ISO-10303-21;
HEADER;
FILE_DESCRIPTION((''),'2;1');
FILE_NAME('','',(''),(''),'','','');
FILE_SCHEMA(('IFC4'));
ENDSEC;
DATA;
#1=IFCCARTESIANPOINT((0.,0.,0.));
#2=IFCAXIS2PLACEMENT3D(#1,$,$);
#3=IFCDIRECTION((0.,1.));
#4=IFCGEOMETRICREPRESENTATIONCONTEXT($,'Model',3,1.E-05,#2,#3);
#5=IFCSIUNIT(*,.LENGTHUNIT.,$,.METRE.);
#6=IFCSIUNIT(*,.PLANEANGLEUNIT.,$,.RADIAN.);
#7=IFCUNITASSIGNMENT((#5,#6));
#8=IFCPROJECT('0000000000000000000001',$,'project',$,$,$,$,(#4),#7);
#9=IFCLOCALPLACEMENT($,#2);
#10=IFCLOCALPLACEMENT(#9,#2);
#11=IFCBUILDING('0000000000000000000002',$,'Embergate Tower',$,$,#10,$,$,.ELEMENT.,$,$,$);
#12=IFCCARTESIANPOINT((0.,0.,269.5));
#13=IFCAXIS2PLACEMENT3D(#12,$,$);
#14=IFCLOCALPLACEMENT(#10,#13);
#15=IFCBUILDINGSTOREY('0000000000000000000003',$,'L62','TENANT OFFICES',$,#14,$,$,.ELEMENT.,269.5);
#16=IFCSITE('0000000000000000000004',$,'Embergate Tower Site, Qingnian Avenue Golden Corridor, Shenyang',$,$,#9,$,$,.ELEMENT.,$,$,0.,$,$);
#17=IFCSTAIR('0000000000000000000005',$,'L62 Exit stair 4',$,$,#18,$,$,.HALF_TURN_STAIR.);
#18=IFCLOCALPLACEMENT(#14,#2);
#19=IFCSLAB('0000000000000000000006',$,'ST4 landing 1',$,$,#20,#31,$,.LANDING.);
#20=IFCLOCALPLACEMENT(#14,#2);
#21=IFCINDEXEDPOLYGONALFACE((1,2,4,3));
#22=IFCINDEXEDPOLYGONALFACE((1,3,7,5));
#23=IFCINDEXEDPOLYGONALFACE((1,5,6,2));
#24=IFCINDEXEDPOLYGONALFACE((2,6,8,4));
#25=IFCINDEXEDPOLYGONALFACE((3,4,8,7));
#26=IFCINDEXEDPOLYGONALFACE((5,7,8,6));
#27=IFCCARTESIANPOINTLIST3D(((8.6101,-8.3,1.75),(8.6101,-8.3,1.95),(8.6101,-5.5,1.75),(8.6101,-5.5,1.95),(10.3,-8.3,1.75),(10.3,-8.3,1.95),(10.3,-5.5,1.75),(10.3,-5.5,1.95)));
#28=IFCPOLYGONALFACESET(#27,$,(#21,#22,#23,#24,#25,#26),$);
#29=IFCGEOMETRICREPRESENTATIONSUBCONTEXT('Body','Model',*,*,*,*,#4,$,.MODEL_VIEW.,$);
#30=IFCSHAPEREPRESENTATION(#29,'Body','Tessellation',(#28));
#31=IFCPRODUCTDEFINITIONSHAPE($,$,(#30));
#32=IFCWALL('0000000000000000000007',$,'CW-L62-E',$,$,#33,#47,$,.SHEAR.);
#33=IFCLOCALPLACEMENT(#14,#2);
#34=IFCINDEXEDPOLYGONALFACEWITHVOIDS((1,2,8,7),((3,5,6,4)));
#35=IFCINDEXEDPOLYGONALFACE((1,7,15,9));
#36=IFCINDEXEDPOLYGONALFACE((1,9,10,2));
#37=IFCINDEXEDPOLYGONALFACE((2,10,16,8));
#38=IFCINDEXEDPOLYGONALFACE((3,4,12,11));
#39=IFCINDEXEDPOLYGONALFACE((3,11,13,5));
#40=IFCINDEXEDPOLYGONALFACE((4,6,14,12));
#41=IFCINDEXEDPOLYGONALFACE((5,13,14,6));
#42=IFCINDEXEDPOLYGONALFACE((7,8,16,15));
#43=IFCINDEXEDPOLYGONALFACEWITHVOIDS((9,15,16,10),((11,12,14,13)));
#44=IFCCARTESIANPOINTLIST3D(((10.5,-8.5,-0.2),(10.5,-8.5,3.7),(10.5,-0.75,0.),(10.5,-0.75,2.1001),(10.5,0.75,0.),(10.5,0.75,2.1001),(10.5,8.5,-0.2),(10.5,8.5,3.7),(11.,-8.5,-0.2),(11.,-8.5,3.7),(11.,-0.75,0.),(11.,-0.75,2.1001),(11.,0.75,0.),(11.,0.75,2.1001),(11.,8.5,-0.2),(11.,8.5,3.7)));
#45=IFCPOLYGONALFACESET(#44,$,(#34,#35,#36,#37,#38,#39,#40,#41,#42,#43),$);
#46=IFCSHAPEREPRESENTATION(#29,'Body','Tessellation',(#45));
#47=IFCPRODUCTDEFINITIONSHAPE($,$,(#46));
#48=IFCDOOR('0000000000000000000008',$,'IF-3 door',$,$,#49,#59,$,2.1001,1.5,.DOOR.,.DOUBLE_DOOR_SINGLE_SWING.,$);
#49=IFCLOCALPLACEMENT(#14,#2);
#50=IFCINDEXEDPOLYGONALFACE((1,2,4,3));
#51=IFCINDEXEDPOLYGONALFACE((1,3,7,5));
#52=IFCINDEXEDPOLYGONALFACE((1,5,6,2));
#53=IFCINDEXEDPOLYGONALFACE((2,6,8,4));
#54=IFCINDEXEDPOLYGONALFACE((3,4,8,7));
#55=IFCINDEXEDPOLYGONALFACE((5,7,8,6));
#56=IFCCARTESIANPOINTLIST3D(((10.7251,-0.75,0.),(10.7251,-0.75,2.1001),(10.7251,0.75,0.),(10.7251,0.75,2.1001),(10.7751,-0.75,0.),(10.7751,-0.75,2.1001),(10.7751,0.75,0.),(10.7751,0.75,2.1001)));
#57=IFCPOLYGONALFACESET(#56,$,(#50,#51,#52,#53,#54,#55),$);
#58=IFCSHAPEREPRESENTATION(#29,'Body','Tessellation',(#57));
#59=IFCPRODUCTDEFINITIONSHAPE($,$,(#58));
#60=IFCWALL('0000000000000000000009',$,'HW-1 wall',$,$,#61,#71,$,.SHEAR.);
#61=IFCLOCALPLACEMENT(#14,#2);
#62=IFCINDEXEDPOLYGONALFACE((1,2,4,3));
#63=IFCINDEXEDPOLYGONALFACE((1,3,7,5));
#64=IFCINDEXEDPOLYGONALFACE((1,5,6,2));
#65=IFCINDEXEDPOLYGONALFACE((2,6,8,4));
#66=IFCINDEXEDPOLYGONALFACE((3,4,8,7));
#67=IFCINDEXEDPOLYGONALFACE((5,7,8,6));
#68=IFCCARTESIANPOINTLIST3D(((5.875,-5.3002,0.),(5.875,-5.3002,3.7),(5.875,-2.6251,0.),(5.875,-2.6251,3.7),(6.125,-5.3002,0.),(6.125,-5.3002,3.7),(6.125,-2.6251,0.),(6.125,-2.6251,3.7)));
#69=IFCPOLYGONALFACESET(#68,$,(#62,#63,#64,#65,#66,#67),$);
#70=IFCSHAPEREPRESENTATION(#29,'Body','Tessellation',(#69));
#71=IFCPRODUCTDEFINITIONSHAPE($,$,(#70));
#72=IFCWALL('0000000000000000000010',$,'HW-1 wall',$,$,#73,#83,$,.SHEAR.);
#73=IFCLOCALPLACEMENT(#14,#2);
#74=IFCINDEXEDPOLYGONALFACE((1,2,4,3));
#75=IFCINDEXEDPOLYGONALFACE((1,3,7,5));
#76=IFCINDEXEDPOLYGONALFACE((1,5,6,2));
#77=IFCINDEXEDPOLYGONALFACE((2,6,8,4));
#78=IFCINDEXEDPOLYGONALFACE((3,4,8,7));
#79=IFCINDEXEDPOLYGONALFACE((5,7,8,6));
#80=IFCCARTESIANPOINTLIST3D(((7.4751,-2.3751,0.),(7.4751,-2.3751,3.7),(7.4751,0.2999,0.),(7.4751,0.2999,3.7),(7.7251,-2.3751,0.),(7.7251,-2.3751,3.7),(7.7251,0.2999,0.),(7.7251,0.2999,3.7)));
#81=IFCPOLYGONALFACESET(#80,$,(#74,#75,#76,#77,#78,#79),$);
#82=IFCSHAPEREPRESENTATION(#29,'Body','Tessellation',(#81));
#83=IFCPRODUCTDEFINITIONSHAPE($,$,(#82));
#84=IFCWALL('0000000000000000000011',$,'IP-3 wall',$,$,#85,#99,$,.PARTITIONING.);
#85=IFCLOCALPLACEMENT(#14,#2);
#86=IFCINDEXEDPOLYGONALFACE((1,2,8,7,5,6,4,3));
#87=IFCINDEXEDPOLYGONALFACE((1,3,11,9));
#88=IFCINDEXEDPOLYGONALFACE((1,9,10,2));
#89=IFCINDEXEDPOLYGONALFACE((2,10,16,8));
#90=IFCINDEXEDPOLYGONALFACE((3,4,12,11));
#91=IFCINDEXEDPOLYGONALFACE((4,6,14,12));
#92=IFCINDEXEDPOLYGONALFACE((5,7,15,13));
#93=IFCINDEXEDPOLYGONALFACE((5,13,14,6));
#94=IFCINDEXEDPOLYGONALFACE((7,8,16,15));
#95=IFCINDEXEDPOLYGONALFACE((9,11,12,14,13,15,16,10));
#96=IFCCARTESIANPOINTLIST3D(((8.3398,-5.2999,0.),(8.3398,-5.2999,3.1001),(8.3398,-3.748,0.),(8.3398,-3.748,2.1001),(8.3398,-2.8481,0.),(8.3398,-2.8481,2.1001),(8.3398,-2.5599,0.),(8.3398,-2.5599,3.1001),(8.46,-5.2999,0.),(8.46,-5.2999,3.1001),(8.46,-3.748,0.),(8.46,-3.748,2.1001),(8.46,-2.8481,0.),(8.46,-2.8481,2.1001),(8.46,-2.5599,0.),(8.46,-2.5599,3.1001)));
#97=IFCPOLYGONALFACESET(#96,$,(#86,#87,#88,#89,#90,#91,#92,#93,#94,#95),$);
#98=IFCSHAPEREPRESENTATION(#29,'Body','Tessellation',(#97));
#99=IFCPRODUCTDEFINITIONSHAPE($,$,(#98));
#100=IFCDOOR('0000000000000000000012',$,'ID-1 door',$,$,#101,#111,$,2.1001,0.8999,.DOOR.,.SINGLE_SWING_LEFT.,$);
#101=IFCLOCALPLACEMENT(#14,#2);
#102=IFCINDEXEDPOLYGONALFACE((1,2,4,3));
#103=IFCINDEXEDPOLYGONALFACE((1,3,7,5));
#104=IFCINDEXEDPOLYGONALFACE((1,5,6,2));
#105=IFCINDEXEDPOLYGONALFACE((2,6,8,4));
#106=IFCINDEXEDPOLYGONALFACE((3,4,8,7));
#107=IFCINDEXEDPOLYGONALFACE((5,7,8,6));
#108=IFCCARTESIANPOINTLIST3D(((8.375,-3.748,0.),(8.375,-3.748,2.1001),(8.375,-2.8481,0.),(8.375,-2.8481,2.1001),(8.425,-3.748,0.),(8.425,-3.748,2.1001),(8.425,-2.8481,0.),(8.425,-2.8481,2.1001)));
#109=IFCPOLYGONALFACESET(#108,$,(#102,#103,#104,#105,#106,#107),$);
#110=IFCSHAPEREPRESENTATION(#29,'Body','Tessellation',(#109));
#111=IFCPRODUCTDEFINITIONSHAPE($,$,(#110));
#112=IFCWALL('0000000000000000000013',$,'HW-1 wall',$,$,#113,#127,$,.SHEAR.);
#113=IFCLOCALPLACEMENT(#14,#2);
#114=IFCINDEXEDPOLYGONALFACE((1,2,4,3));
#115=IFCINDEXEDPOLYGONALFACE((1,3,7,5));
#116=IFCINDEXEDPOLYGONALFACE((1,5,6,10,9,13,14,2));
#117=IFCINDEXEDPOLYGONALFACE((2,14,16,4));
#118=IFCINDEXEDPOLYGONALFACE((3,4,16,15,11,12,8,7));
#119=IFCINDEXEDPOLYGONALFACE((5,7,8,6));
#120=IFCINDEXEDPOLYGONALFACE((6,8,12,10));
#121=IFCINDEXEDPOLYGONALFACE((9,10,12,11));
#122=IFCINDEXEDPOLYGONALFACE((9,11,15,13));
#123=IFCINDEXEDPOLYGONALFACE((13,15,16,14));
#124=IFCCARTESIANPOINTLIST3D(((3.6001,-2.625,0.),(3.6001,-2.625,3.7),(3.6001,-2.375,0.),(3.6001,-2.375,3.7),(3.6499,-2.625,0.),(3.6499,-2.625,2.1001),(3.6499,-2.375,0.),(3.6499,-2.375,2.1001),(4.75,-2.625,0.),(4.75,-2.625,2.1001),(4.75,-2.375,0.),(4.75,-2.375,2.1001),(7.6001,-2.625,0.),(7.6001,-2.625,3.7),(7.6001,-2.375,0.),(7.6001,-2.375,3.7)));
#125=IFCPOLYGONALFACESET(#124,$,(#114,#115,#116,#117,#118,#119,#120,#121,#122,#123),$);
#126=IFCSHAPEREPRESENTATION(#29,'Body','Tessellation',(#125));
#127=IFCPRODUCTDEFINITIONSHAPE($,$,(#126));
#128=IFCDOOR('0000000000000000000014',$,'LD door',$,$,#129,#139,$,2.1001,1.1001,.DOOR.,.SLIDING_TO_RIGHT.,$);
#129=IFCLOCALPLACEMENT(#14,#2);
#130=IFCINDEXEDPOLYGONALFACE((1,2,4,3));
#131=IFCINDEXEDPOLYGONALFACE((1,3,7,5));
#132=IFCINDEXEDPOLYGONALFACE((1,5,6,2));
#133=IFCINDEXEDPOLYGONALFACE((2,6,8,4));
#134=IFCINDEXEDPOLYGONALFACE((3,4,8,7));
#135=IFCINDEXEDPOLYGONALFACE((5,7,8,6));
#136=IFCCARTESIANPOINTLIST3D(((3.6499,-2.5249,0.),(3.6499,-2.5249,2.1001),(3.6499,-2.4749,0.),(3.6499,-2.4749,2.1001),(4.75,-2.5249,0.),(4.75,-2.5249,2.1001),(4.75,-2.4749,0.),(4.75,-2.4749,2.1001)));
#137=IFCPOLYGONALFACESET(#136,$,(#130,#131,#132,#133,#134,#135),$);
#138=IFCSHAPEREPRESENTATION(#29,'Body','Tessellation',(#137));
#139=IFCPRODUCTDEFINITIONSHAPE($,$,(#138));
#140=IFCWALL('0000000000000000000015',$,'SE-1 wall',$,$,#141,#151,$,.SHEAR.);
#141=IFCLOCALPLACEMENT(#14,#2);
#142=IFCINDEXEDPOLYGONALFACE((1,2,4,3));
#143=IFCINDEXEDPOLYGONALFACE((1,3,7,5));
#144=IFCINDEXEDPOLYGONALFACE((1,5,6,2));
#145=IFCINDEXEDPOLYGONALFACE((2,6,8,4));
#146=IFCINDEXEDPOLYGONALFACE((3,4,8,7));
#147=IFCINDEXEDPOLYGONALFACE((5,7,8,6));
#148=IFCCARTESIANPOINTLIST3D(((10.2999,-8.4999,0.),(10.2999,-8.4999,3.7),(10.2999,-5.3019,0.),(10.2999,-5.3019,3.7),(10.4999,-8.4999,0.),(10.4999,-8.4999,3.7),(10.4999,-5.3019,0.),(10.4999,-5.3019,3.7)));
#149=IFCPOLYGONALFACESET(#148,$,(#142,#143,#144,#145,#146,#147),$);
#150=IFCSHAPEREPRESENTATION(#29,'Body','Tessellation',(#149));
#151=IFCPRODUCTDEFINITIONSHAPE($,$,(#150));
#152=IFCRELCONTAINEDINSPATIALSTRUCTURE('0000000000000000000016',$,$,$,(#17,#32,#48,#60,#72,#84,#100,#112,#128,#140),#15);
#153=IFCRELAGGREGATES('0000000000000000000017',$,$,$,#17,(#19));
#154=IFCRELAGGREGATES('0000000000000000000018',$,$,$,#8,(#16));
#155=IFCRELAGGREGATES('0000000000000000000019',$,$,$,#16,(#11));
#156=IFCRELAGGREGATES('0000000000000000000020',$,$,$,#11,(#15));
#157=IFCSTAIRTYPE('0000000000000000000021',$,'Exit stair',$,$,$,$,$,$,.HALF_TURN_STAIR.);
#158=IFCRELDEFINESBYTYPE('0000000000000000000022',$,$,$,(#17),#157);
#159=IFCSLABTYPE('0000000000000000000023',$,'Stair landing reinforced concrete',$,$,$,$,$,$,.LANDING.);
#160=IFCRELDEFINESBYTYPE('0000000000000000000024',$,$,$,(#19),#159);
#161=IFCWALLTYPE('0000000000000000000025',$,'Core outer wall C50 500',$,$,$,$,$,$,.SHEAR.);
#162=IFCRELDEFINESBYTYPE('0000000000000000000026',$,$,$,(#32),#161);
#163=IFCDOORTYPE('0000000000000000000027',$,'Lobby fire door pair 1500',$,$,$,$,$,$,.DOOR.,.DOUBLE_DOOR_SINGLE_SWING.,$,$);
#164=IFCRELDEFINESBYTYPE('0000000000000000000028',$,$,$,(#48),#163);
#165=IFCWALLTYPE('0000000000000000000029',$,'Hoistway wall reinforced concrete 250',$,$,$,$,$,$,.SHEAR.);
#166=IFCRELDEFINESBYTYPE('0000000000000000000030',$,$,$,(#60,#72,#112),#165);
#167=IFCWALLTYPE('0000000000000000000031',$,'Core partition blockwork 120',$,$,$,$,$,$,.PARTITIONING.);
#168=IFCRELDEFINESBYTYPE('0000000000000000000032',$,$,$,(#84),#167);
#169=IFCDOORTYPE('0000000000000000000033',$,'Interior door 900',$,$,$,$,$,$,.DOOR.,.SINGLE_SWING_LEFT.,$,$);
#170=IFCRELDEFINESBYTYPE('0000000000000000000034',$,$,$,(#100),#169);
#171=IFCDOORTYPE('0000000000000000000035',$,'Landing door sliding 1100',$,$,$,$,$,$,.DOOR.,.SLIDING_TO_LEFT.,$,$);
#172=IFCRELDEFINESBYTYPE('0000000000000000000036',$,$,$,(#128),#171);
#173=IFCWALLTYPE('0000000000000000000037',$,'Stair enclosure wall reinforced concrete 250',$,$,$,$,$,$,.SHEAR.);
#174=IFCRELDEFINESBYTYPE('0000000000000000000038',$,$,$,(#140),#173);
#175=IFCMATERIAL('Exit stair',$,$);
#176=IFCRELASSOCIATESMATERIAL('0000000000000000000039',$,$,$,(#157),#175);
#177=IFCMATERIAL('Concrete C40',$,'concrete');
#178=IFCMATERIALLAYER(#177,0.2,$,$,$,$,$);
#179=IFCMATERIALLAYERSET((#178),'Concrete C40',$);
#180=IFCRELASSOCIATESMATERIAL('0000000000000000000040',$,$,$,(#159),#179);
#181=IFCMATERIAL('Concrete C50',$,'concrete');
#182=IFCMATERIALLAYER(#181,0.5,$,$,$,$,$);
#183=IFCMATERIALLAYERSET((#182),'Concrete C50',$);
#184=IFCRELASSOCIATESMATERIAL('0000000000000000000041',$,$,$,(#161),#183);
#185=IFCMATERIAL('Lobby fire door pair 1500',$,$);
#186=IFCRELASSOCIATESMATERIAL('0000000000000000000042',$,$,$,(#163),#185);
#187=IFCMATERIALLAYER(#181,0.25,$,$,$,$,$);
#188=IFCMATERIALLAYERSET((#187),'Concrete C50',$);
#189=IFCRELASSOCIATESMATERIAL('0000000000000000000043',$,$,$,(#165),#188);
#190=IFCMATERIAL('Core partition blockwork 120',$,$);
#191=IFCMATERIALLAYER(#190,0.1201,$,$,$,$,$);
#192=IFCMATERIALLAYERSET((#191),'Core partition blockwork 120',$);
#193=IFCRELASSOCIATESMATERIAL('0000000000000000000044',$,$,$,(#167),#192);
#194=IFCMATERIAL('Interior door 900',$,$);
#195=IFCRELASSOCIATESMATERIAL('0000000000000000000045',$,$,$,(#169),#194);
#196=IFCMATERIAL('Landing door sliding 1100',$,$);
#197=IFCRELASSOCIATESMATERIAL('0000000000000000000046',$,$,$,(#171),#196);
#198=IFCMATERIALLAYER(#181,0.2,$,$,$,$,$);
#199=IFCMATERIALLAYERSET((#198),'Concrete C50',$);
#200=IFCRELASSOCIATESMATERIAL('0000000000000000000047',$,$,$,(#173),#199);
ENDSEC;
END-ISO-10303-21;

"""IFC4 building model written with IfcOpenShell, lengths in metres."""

from ifc_helpers import new_model, si_unit, direction, frame, frame_2d, origin, place, context, subcontext, project, spatial, polyline, rectangle, outline, extrude, source, transform, mapped, material, layer, layer_set, type_object, element, fill, aggregate, save


model = new_model("IFC4")

# Units and contexts
model_context = context("Model", 3, precision=1e-05, world=origin(), true_north=direction((0.0, 1.0)))
body_context = subcontext(model_context, "Body", "Model", "MODEL_VIEW")
ifc_project = project(units=[si_unit("LENGTHUNIT", "METRE"), si_unit("PLANEANGLEUNIT", "RADIAN")], contexts=[model_context])

# Site, building, storey
site_placement = place(None, origin())
site = spatial("IfcSite", under=ifc_project, at=site_placement, Name="Embergate Tower Site, Qingnian Avenue Golden Corridor, Shenyang", CompositionType="ELEMENT", RefElevation=0.0)
building_placement = place(site_placement, origin())
building = spatial("IfcBuilding", under=site, at=building_placement, Name="Embergate Tower", CompositionType="ELEMENT")
storey_placement = place(building_placement, frame((0.0, 0.0, 269.5)))
storey = spatial("IfcBuildingStorey", under=building, at=storey_placement, Name="L62", Description="TENANT OFFICES", CompositionType="ELEMENT", Elevation=269.5)

# Stair, slab
ifc_material_1 = material(Name="Exit stair")
stair_type = type_object("IfcStairType", Name="Exit stair", PredefinedType="HALF_TURN_STAIR", material=ifc_material_1)
stair_placement = place(storey_placement, origin())
stair = element("IfcStair", 1, at=stair_placement, inside=storey, type_object=stair_type, Name="L62 Exit stair 4", PredefinedType="HALF_TURN_STAIR")
ifc_material_2 = material(Name="Concrete C40", Category="concrete")
ifc_layer_1 = layer(ifc_material_2, 0.2)
ifc_layer_set_1 = layer_set([ifc_layer_1], Name="Concrete C40")
slab_type = type_object("IfcSlabType", Name="Stair landing reinforced concrete", PredefinedType="LANDING", material=ifc_layer_set_1)
shared_shape_1 = source(origin(), body_context, "Body", "SweptSolid", [
    extrude(outline(polyline([(0.0, 0.0), (1.6899, 0.0), (1.6899, 2.8), (0.0, 2.8), (0.0, 0.0)])), origin(), (0.0, 0.0, 1.0), 0.2),
])
slab_placement = place(storey_placement, frame((8.6101, -8.3, 1.75)))
slab = element("IfcSlab", 2, at=slab_placement, type_object=slab_type, Name="ST4 landing 1", PredefinedType="LANDING", context=body_context, shape_type="MappedRepresentation", body=[
    mapped(shared_shape_1, transform((0.0, 0.0, 0.0))),
])

# Wall, opening, door
ifc_material_3 = material(Name="Concrete C50", Category="concrete")
ifc_layer_2 = layer(ifc_material_3, 0.5)
ifc_layer_set_2 = layer_set([ifc_layer_2], Name="Concrete C50")
wall_type_1 = type_object("IfcWallType", Name="Core outer wall C50 500", PredefinedType="SHEAR", material=ifc_layer_set_2)
shared_shape_2 = source(origin(), body_context, "Body", "SweptSolid", [
    extrude(rectangle(XDim=17.0, YDim=0.5, at=frame_2d((8.5, 0.0))), origin(), (0.0, 0.0, 1.0), 3.8999),
])
wall_1_placement = place(storey_placement, frame((10.75, -8.5, -0.2), z_axis=(0.0, 0.0, 1.0), x_axis=(0.0, 1.0, 0.0)))
wall_1 = element("IfcWall", 3, at=wall_1_placement, inside=storey, type_object=wall_type_1, Name="CW-L62-E", PredefinedType="SHEAR", context=body_context, shape_type="MappedRepresentation", body=[
    mapped(shared_shape_2, transform((0.0, 0.0, 0.0))),
])
shared_shape_3 = source(origin(), body_context, "Body", "SweptSolid", [
    extrude(rectangle(XDim=1.5, YDim=2.1001, at=frame_2d((0.75, 1.05))), frame((0.0, 0.26, 0.0), z_axis=(0.0, -1.0, 0.0), x_axis=(1.0, 0.0, 0.0)), (0.0, 0.0, 1.0), 0.52),
])
opening_1_placement = place(wall_1_placement, frame((7.75, 0.0, 0.2)))
opening_1 = element("IfcOpeningElement", 4, at=opening_1_placement, cuts=wall_1, PredefinedType="OPENING", context=body_context, shape_type="MappedRepresentation", body=[
    mapped(shared_shape_3, transform((0.0, 0.0, 0.0))),
])
ifc_material_4 = material(Name="Lobby fire door pair 1500")
door_type_1 = type_object("IfcDoorType", Name="Lobby fire door pair 1500", OperationType="DOUBLE_DOOR_SINGLE_SWING", PredefinedType="DOOR", material=ifc_material_4)
shared_shape_4 = source(origin(), body_context, "Body", "SweptSolid", [
    extrude(rectangle(XDim=1.5, YDim=2.1001, at=frame_2d((0.75, 1.05))), frame((0.0, 0.0249, 0.0), z_axis=(0.0, -1.0, 0.0), x_axis=(1.0, 0.0, 0.0)), (0.0, 0.0, 1.0), 0.05),
])
door_1_placement = place(opening_1_placement, origin())
door_1 = element("IfcDoor", 5, at=door_1_placement, inside=storey, type_object=door_type_1, Name="IF-3 door", OperationType="DOUBLE_DOOR_SINGLE_SWING", OverallHeight=2.1001, OverallWidth=1.5, PredefinedType="DOOR", context=body_context, shape_type="MappedRepresentation", body=[
    mapped(shared_shape_4, transform((0.0, 0.0, 0.0))),
])
fill(opening_1, door_1)

# Walls
ifc_layer_3 = layer(ifc_material_3, 0.25)
ifc_layer_set_3 = layer_set([ifc_layer_3], Name="Concrete C50")
wall_type_2 = type_object("IfcWallType", Name="Hoistway wall reinforced concrete 250", PredefinedType="SHEAR", material=ifc_layer_set_3)
shared_shape_5 = source(origin(), body_context, "Body", "SweptSolid", [
    extrude(rectangle(XDim=2.675, YDim=0.25, at=frame_2d((1.3374, 0.0))), origin(), (0.0, 0.0, 1.0), 3.7),
])
for number, where, z_axis, x_axis, name in (
    (6, (6.0, -5.3, 0.0), (0.0, 0.0, 1.0), (0.0, 1.0, 0.0), "HW-1 wall"),
    (7, (7.6001, -2.375, 0.0), (0.0, 0.0, 1.0), (0.0, 1.0, 0.0), "HW-1 wall"),
):
    element("IfcWall", number, at=place(storey_placement, frame(where, z_axis=z_axis, x_axis=x_axis)), inside=storey, type_object=wall_type_2, Name=name, PredefinedType="SHEAR", context=body_context, shape_type="MappedRepresentation", body=[
        mapped(shared_shape_5, transform((0.0, 0.0, 0.0))),
    ])

# Walls, openings, doors
ifc_material_5 = material(Name="Core partition blockwork 120")
ifc_layer_4 = layer(ifc_material_5, 0.1201)
ifc_layer_set_4 = layer_set([ifc_layer_4], Name="Core partition blockwork 120")
wall_type_3 = type_object("IfcWallType", Name="Core partition blockwork 120", PredefinedType="PARTITIONING", material=ifc_layer_set_4)
shared_shape_6 = source(origin(), body_context, "Body", "SweptSolid", [
    extrude(rectangle(XDim=2.74, YDim=0.1201, at=frame_2d((1.3701, 0.0))), origin(), (0.0, 0.0, 1.0), 3.1001),
])
wall_2_placement = place(storey_placement, frame((8.3999, -5.3, 0.0), z_axis=(0.0, 0.0, 1.0), x_axis=(0.0, 1.0, 0.0)))
wall_2 = element("IfcWall", 8, at=wall_2_placement, inside=storey, type_object=wall_type_3, Name="IP-3 wall", PredefinedType="PARTITIONING", context=body_context, shape_type="MappedRepresentation", body=[
    mapped(shared_shape_6, transform((0.0, 0.0, 0.0))),
])
shared_shape_7 = source(origin(), body_context, "Body", "SweptSolid", [
    extrude(rectangle(XDim=0.8999, YDim=2.1001, at=frame_2d((0.45, 1.05))), frame((0.0, 0.0701, 0.0), z_axis=(0.0, -1.0, 0.0), x_axis=(1.0, 0.0, 0.0)), (0.0, 0.0, 1.0), 0.1401),
])
opening_2_placement = place(wall_2_placement, frame((1.552, 0.0, 0.0)))
opening_2 = element("IfcOpeningElement", 9, at=opening_2_placement, cuts=wall_2, PredefinedType="OPENING", context=body_context, shape_type="MappedRepresentation", body=[
    mapped(shared_shape_7, transform((0.0, 0.0, 0.0))),
])
ifc_material_6 = material(Name="Interior door 900")
door_type_2 = type_object("IfcDoorType", Name="Interior door 900", OperationType="SINGLE_SWING_LEFT", PredefinedType="DOOR", material=ifc_material_6)
shared_shape_8 = source(origin(), body_context, "Body", "SweptSolid", [
    extrude(rectangle(XDim=0.8999, YDim=2.1001, at=frame_2d((0.45, 1.05))), frame((0.0, 0.0249, 0.0), z_axis=(0.0, -1.0, 0.0), x_axis=(1.0, 0.0, 0.0)), (0.0, 0.0, 1.0), 0.05),
])
door_2_placement = place(opening_2_placement, origin())
door_2 = element("IfcDoor", 10, at=door_2_placement, inside=storey, type_object=door_type_2, Name="ID-1 door", OperationType="SINGLE_SWING_LEFT", OverallHeight=2.1001, OverallWidth=0.8999, PredefinedType="DOOR", context=body_context, shape_type="MappedRepresentation", body=[
    mapped(shared_shape_8, transform((0.0, 0.0, 0.0))),
])
fill(opening_2, door_2)
shared_shape_9 = source(origin(), body_context, "Body", "SweptSolid", [
    extrude(rectangle(XDim=4.0, YDim=0.25, at=frame_2d((2.0, 0.0))), origin(), (0.0, 0.0, 1.0), 3.7),
])
wall_3_placement = place(storey_placement, frame((7.6001, -2.5, 0.0), z_axis=(0.0, 0.0, 1.0), x_axis=(-1.0, 0.0, 0.0)))
wall_3 = element("IfcWall", 11, at=wall_3_placement, inside=storey, type_object=wall_type_2, Name="HW-1 wall", PredefinedType="SHEAR", context=body_context, shape_type="MappedRepresentation", body=[
    mapped(shared_shape_9, transform((0.0, 0.0, 0.0))),
])
shared_shape_10 = source(origin(), body_context, "Body", "SweptSolid", [
    extrude(rectangle(XDim=1.1001, YDim=2.1001, at=frame_2d((0.55, 1.05))), frame((0.0, 0.135, 0.0), z_axis=(0.0, -1.0, 0.0), x_axis=(1.0, 0.0, 0.0)), (0.0, 0.0, 1.0), 0.27),
])
opening_3_placement = place(wall_3_placement, frame((2.8501, 0.0, 0.0)))
opening_3 = element("IfcOpeningElement", 12, at=opening_3_placement, cuts=wall_3, PredefinedType="OPENING", context=body_context, shape_type="MappedRepresentation", body=[
    mapped(shared_shape_10, transform((0.0, 0.0, 0.0))),
])
ifc_material_7 = material(Name="Landing door sliding 1100")
door_type_3 = type_object("IfcDoorType", Name="Landing door sliding 1100", OperationType="SLIDING_TO_LEFT", PredefinedType="DOOR", material=ifc_material_7)
shared_shape_11 = source(origin(), body_context, "Body", "SweptSolid", [
    extrude(rectangle(XDim=1.1001, YDim=2.1001, at=frame_2d((0.55, 1.05))), frame((0.0, 0.0249, 0.0), z_axis=(0.0, -1.0, 0.0), x_axis=(1.0, 0.0, 0.0)), (0.0, 0.0, 1.0), 0.05),
])
door_3_placement = place(opening_3_placement, origin())
door_3 = element("IfcDoor", 13, at=door_3_placement, inside=storey, type_object=door_type_3, Name="LD door", OperationType="SLIDING_TO_RIGHT", OverallHeight=2.1001, OverallWidth=1.1001, PredefinedType="DOOR", context=body_context, shape_type="MappedRepresentation", body=[
    mapped(shared_shape_11, transform((0.0, 0.0, 0.0))),
])
fill(opening_3, door_3)

# Wall
ifc_layer_5 = layer(ifc_material_3, 0.2)
ifc_layer_set_5 = layer_set([ifc_layer_5], Name="Concrete C50")
wall_type_4 = type_object("IfcWallType", Name="Stair enclosure wall reinforced concrete 250", PredefinedType="SHEAR", material=ifc_layer_set_5)
shared_shape_12 = source(origin(), body_context, "Body", "SweptSolid", [
    extrude(rectangle(XDim=3.198, YDim=0.2, at=frame_2d((1.5991, 0.0))), origin(), (0.0, 0.0, 1.0), 3.7),
])
wall_4_placement = place(storey_placement, frame((10.3999, -8.5, 0.0), z_axis=(0.0, 0.0, 1.0), x_axis=(0.0, 1.0, 0.0)))
element("IfcWall", 14, at=wall_4_placement, inside=storey, type_object=wall_type_4, Name="SE-1 wall", PredefinedType="SHEAR", context=body_context, shape_type="MappedRepresentation", body=[
    mapped(shared_shape_12, transform((0.0, 0.0, 0.0))),
])

aggregate(stair, [slab])

save(model, "model.ifc")
